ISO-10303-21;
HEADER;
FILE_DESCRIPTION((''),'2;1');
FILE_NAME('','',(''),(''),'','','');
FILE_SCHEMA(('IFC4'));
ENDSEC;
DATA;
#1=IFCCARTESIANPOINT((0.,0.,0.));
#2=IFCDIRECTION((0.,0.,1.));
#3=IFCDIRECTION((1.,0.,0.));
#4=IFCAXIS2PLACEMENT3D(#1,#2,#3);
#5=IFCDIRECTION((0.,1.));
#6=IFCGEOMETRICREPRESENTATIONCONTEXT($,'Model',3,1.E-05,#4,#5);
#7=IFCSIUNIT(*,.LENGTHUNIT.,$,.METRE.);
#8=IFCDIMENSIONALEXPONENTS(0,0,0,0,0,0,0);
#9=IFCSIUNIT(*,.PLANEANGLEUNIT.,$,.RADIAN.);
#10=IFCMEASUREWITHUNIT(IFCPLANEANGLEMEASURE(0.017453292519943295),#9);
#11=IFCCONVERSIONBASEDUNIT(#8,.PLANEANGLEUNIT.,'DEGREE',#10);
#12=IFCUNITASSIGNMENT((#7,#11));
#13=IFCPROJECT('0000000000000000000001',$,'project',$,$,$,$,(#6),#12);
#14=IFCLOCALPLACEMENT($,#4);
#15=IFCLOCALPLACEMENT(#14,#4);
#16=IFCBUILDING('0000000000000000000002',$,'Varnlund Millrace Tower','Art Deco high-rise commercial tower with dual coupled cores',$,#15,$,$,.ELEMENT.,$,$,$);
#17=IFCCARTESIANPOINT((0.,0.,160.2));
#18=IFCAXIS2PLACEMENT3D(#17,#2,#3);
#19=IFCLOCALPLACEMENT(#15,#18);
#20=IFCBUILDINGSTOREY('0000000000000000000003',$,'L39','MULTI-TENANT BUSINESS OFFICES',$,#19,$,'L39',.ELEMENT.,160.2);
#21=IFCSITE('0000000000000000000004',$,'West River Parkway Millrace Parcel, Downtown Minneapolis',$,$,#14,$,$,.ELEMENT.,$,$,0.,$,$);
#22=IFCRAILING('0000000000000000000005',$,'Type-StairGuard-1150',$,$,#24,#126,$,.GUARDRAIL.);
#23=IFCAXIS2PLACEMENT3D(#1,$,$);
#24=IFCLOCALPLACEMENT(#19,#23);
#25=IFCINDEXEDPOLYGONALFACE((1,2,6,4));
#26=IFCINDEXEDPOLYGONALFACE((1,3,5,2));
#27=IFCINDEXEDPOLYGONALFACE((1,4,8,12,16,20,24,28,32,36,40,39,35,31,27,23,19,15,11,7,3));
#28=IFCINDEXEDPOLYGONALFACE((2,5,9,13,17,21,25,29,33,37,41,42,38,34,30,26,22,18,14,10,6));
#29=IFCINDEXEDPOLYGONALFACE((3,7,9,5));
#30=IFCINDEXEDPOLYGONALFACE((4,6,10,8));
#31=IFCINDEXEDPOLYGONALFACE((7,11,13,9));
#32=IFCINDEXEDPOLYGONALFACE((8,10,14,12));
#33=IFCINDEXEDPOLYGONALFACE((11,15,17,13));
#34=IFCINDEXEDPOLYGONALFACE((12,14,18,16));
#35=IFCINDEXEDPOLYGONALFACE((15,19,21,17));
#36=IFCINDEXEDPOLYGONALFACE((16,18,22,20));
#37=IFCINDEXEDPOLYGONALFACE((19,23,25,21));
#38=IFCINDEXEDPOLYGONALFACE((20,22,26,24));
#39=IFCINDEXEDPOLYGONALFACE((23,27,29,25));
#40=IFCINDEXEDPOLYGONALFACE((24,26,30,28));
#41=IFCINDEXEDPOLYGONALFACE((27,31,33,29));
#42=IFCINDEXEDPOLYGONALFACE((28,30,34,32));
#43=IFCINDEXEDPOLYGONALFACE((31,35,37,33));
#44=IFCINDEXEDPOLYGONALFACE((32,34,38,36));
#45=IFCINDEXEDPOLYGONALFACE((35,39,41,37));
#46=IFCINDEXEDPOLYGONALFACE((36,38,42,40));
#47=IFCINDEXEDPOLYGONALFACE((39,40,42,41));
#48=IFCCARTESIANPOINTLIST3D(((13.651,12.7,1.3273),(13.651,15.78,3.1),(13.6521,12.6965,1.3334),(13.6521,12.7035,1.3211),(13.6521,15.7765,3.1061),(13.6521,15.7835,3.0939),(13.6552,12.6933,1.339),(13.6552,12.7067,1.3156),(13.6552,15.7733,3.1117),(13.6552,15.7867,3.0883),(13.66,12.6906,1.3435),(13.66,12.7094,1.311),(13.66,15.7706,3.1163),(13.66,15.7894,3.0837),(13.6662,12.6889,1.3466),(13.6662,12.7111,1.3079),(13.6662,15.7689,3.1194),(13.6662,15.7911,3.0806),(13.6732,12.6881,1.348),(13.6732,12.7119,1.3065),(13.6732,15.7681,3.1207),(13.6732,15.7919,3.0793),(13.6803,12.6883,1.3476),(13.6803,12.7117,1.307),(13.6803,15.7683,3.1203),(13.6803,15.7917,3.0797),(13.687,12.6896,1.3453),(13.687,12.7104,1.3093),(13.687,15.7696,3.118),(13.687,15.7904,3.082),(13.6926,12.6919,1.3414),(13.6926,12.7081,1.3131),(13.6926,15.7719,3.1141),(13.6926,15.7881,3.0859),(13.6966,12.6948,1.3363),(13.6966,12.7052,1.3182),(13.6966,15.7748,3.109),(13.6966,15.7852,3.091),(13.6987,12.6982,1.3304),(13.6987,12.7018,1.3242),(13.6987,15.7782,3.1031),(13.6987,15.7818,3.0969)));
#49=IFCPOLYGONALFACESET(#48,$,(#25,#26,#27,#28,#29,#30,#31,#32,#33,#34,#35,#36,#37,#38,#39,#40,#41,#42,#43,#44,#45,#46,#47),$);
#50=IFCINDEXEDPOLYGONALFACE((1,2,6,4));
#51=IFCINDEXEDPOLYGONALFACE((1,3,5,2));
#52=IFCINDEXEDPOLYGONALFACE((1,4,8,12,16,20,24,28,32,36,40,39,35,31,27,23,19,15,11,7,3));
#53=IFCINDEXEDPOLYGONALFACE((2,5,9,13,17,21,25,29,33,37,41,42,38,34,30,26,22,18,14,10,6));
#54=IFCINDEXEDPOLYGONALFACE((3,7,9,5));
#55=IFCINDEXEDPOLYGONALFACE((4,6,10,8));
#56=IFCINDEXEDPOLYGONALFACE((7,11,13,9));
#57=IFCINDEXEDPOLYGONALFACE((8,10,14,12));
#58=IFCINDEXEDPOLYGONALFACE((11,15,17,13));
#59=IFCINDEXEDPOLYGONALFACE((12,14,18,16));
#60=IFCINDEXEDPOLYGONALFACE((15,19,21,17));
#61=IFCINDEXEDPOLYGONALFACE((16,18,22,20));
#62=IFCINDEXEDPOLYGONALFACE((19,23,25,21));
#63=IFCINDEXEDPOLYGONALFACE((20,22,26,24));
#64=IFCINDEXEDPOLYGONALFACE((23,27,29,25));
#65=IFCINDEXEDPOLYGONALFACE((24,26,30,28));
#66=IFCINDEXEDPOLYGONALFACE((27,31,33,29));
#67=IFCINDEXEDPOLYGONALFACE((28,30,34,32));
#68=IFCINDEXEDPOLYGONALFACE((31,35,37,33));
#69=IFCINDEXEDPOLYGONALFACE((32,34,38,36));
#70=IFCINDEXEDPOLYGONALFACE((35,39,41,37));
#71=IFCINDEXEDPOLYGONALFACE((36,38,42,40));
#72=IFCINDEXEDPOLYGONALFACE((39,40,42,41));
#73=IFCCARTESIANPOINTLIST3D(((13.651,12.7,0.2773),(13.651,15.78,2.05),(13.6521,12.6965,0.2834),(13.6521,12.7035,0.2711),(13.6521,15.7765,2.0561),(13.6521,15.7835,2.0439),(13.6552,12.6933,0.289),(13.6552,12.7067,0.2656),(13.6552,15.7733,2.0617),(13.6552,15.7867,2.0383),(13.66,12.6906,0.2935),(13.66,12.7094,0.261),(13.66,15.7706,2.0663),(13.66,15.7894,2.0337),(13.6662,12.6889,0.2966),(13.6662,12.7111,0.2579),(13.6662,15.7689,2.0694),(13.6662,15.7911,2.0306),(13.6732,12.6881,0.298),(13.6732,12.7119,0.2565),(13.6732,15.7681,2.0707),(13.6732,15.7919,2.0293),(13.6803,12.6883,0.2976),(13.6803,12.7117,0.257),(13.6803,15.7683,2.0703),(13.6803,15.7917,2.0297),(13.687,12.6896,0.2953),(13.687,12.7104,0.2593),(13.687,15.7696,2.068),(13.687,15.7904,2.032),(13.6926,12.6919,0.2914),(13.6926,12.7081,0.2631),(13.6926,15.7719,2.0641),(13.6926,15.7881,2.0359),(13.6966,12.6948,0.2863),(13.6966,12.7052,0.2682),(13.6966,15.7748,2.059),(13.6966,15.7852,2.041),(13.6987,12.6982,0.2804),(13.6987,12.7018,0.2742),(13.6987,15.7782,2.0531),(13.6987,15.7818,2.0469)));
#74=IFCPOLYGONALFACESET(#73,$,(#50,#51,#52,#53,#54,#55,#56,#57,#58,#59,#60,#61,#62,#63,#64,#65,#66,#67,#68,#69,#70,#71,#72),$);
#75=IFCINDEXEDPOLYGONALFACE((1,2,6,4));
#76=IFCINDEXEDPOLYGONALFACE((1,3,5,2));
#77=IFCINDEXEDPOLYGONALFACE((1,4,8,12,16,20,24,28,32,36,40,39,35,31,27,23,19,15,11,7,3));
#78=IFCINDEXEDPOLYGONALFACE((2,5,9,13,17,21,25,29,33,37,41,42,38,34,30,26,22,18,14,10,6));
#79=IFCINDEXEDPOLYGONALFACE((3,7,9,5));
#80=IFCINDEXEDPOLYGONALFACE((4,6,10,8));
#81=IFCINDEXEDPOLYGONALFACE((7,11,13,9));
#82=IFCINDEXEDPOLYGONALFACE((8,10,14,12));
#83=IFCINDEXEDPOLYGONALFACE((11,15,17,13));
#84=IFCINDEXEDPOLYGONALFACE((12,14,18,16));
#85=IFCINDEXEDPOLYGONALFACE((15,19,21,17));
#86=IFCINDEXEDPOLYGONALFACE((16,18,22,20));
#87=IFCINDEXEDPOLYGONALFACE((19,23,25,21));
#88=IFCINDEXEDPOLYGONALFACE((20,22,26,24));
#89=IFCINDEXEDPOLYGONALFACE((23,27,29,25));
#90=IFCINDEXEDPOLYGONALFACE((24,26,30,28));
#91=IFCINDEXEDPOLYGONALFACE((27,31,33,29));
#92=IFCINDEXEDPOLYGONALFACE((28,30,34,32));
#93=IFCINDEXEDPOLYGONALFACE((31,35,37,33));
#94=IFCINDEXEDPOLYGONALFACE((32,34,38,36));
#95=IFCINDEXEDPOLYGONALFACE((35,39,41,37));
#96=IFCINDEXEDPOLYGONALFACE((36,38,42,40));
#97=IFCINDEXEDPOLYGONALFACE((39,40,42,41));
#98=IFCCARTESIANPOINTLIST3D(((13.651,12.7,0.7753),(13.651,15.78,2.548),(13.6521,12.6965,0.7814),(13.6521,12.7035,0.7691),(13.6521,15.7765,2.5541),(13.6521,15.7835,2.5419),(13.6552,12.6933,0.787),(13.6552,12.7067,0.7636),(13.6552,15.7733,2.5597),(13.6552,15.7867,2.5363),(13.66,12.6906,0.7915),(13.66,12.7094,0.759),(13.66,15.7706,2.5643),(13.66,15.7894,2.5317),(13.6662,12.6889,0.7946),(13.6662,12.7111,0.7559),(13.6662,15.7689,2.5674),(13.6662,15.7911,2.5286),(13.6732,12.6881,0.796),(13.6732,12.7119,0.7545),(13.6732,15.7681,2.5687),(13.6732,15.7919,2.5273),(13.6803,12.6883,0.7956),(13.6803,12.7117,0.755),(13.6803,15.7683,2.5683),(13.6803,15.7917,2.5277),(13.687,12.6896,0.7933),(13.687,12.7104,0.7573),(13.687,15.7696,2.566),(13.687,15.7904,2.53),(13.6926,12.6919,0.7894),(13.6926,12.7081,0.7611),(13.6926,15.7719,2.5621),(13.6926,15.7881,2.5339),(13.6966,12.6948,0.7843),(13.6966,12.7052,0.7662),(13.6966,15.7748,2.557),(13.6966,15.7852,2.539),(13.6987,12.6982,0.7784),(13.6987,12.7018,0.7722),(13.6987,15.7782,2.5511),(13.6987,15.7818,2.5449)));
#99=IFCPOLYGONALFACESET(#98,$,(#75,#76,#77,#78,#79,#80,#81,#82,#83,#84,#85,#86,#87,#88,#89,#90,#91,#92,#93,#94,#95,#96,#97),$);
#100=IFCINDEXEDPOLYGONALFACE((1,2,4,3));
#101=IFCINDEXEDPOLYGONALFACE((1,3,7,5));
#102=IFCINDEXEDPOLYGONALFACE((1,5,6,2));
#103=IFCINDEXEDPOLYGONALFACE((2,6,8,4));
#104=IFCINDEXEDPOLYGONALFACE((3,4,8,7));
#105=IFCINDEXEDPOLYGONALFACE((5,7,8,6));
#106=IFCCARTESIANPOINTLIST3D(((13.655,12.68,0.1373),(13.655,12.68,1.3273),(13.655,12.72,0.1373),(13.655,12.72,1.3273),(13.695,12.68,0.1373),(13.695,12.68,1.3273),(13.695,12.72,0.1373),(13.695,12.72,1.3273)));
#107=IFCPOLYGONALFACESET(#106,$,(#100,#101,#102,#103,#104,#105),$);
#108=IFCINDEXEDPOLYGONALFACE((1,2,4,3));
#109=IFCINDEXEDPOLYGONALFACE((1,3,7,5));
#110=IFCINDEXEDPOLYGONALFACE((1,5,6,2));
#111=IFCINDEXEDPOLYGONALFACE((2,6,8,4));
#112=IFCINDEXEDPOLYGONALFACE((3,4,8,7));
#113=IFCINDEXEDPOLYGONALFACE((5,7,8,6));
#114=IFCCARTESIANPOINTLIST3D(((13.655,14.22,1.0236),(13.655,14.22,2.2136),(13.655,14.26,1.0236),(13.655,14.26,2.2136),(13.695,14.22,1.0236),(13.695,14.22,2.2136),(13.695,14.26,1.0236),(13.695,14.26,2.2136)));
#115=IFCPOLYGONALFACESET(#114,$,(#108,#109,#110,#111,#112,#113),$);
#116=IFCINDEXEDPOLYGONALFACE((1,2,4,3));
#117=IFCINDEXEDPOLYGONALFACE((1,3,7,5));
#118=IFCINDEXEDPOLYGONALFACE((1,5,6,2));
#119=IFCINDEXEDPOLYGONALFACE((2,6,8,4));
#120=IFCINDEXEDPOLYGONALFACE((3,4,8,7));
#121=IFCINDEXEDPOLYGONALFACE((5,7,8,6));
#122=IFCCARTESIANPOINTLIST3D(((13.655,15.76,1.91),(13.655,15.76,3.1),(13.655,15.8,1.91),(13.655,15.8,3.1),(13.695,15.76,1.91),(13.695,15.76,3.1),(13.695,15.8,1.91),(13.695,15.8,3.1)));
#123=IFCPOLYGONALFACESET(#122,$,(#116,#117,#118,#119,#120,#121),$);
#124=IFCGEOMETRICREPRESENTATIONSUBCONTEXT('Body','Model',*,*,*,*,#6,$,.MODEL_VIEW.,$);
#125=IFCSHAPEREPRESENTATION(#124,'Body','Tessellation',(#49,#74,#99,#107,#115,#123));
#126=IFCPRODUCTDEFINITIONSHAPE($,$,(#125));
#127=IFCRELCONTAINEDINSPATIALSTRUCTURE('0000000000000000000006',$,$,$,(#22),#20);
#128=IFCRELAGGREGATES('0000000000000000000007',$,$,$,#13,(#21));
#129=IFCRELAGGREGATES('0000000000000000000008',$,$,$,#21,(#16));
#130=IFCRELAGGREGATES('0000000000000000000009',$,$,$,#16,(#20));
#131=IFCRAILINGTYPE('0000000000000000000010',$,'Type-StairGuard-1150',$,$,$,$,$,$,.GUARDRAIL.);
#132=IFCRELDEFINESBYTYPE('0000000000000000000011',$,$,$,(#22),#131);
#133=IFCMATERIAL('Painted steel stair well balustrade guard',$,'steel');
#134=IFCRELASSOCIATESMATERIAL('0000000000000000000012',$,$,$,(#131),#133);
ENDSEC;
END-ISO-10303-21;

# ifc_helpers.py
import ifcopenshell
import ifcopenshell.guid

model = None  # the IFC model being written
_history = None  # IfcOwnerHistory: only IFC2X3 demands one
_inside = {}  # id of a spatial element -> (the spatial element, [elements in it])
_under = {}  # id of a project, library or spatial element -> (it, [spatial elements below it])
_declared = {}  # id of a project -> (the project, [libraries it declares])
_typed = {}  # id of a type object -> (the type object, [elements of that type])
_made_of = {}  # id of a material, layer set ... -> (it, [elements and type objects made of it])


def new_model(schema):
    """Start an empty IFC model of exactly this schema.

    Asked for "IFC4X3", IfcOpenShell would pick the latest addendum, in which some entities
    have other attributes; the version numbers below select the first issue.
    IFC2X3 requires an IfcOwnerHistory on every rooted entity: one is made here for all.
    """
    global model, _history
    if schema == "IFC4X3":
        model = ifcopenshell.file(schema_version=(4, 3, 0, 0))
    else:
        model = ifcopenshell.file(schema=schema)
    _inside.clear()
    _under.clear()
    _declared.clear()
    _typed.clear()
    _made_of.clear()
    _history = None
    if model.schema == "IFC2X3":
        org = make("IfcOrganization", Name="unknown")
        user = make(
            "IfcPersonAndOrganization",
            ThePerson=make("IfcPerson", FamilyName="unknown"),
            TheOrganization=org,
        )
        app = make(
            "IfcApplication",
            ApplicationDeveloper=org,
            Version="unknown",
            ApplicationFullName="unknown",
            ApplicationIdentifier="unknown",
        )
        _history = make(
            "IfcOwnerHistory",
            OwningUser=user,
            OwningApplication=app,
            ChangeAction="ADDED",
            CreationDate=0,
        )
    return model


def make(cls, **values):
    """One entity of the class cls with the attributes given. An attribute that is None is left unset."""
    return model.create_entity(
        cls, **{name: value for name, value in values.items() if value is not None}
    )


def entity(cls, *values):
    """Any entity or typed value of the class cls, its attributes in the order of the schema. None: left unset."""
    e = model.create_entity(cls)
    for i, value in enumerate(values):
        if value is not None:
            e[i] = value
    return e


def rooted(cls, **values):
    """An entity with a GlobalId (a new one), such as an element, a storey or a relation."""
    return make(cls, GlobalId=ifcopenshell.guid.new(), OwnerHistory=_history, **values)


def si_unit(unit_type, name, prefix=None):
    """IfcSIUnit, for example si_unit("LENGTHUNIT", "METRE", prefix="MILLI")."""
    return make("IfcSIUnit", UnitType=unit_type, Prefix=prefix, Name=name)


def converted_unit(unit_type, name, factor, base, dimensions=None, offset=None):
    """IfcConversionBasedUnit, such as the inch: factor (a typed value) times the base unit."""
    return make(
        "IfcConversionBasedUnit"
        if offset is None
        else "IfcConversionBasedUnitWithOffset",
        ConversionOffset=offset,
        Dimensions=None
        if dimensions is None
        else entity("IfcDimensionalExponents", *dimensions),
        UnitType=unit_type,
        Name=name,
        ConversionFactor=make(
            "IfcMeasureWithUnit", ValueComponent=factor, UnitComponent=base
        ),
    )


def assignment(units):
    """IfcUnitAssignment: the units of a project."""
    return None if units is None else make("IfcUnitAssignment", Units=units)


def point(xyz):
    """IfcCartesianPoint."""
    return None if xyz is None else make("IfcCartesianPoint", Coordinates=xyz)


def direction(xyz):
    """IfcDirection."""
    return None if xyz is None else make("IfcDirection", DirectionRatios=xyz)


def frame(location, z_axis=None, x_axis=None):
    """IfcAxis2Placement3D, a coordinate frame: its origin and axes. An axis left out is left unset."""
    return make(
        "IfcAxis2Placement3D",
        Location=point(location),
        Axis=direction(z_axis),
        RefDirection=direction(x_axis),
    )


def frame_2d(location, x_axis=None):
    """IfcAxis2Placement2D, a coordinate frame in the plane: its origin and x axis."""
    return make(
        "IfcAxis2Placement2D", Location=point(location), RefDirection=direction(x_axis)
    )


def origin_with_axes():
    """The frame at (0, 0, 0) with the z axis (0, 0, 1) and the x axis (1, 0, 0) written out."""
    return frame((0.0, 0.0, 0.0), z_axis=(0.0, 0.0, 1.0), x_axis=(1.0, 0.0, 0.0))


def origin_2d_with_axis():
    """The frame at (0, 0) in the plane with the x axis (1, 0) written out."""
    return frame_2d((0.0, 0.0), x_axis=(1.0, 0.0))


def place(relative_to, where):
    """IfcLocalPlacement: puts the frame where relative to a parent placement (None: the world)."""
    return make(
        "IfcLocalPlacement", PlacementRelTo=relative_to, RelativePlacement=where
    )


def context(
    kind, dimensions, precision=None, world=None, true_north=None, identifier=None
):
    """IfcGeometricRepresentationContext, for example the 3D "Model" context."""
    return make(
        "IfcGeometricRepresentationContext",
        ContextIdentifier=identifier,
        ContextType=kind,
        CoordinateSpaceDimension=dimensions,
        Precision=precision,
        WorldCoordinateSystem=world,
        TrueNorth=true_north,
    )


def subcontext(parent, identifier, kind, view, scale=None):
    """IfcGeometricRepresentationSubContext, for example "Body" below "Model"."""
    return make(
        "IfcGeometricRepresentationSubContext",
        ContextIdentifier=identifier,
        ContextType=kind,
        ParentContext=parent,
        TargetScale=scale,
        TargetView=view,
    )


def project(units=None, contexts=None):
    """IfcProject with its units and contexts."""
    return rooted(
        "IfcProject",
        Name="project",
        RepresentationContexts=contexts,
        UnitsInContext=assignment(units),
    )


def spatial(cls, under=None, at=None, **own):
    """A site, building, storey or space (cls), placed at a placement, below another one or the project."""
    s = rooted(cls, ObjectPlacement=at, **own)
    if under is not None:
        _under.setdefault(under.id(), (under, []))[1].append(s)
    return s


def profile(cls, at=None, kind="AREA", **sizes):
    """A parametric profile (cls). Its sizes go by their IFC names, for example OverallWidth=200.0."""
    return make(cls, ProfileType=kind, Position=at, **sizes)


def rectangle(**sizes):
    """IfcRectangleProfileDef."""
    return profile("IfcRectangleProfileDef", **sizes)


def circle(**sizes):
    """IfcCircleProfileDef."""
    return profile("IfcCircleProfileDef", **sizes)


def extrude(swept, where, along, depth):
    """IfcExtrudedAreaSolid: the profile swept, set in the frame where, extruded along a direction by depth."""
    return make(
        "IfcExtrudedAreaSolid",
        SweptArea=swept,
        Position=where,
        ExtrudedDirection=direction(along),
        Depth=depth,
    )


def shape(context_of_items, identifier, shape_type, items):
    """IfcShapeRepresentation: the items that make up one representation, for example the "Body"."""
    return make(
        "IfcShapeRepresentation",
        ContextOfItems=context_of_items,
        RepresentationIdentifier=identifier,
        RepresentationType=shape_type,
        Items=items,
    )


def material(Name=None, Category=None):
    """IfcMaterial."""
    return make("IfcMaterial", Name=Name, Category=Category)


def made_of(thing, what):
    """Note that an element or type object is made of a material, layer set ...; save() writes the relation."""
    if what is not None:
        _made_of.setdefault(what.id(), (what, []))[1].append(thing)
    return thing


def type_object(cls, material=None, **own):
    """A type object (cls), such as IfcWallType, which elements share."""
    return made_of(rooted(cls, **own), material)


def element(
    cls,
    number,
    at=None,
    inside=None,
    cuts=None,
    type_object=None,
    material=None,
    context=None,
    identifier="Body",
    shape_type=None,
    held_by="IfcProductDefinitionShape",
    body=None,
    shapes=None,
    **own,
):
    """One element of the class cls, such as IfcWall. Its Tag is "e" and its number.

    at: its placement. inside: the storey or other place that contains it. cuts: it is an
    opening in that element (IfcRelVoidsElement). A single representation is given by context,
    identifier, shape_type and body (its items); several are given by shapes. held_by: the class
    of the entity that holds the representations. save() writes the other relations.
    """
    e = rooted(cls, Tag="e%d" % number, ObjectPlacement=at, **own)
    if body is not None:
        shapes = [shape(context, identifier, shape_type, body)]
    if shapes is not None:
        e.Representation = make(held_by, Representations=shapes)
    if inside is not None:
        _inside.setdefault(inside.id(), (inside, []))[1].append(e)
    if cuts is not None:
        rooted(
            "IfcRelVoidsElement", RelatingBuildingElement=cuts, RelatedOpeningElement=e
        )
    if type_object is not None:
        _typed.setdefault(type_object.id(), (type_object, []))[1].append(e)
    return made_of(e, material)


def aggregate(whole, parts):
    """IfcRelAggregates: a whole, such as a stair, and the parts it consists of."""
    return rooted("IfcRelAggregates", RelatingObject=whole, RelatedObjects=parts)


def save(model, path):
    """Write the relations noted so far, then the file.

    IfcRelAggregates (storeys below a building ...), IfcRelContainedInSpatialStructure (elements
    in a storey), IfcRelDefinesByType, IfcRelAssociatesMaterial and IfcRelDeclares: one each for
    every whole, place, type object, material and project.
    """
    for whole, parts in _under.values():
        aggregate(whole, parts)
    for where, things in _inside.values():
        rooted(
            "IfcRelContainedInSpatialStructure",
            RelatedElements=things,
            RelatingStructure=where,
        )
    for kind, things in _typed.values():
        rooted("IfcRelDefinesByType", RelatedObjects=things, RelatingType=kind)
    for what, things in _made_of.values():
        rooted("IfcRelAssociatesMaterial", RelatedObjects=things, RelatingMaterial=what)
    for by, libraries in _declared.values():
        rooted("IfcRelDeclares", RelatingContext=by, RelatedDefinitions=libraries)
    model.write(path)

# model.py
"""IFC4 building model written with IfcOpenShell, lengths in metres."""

from ifc_helpers import new_model, entity, si_unit, converted_unit, direction, frame, origin_with_axes, origin_2d_with_axis, place, context, subcontext, project, spatial, rectangle, circle, extrude, material, type_object, element, save


model = new_model("IFC4")

# Units and contexts
model_context = context("Model", 3, precision=1e-05, world=origin_with_axes(), true_north=direction((0.0, 1.0)))
body_context = subcontext(model_context, "Body", "Model", "MODEL_VIEW")
ifc_project = project(units=[si_unit("LENGTHUNIT", "METRE"), converted_unit("PLANEANGLEUNIT", "DEGREE", entity("IfcPlaneAngleMeasure", 0.017453292519943295), si_unit("PLANEANGLEUNIT", "RADIAN"), dimensions=[0, 0, 0, 0, 0, 0, 0])], contexts=[model_context])

# Site, building, storey
site_placement = place(None, origin_with_axes())
site = spatial("IfcSite", under=ifc_project, at=site_placement, Name="West River Parkway Millrace Parcel, Downtown Minneapolis", CompositionType="ELEMENT", RefElevation=0.0)
building_placement = place(site_placement, origin_with_axes())
building = spatial("IfcBuilding", under=site, at=building_placement, Name="Varnlund Millrace Tower", Description="Art Deco high-rise commercial tower with dual coupled cores", CompositionType="ELEMENT")
storey_placement = place(building_placement, frame((0.0, 0.0, 160.2), z_axis=(0.0, 0.0, 1.0), x_axis=(1.0, 0.0, 0.0)))
storey = spatial("IfcBuildingStorey", under=building, at=storey_placement, Name="L39", Description="MULTI-TENANT BUSINESS OFFICES", LongName="L39", CompositionType="ELEMENT", Elevation=160.2)

# Railing
ifc_material_1 = material(Name="Painted steel stair well balustrade guard", Category="steel")
railing_type_1 = type_object("IfcRailingType", Name="Type-StairGuard-1150", PredefinedType="GUARDRAIL", material=ifc_material_1)
railing_1_placement = place(storey_placement, frame((0.0, 0.0, -160.2), z_axis=(0.0, 0.0, 1.0), x_axis=(1.0, 0.0, 0.0)))
element("IfcRailing", 1, at=railing_1_placement, inside=storey, type_object=railing_type_1, Name="Type-StairGuard-1150", PredefinedType="GUARDRAIL", context=body_context, shape_type="SweptSolid", body=[
    extrude(circle(Radius=0.024, at=origin_2d_with_axis()), frame((13.675, 12.7, 161.5273), z_axis=(0.0, 0.866696, 0.498836), x_axis=(-1.0, 0.0, 0.0)), (0.0, 0.0, 1.0), 3.5537),
    extrude(circle(Radius=0.024, at=origin_2d_with_axis()), frame((13.675, 12.7, 160.4773), z_axis=(0.0, 0.866696, 0.498836), x_axis=(-1.0, 0.0, 0.0)), (0.0, 0.0, 1.0), 3.5537),
    extrude(circle(Radius=0.024, at=origin_2d_with_axis()), frame((13.675, 12.7, 160.9753), z_axis=(0.0, 0.866696, 0.498836), x_axis=(-1.0, 0.0, 0.0)), (0.0, 0.0, 1.0), 3.5537),
    extrude(rectangle(XDim=0.04, YDim=0.04, at=origin_2d_with_axis()), frame((13.675, 12.7, 160.3373), z_axis=(0.0, 0.0, 1.0), x_axis=(1.0, 0.0, 0.0)), (0.0, 0.0, 1.0), 1.19),
    extrude(rectangle(XDim=0.04, YDim=0.04, at=origin_2d_with_axis()), frame((13.675, 14.24, 161.2236), z_axis=(0.0, 0.0, 1.0), x_axis=(1.0, 0.0, 0.0)), (0.0, 0.0, 1.0), 1.19),
    extrude(rectangle(XDim=0.04, YDim=0.04, at=origin_2d_with_axis()), frame((13.675, 15.78, 162.11), z_axis=(0.0, 0.0, 1.0), x_axis=(1.0, 0.0, 0.0)), (0.0, 0.0, 1.0), 1.19),
])

save(model, "model.ifc")
